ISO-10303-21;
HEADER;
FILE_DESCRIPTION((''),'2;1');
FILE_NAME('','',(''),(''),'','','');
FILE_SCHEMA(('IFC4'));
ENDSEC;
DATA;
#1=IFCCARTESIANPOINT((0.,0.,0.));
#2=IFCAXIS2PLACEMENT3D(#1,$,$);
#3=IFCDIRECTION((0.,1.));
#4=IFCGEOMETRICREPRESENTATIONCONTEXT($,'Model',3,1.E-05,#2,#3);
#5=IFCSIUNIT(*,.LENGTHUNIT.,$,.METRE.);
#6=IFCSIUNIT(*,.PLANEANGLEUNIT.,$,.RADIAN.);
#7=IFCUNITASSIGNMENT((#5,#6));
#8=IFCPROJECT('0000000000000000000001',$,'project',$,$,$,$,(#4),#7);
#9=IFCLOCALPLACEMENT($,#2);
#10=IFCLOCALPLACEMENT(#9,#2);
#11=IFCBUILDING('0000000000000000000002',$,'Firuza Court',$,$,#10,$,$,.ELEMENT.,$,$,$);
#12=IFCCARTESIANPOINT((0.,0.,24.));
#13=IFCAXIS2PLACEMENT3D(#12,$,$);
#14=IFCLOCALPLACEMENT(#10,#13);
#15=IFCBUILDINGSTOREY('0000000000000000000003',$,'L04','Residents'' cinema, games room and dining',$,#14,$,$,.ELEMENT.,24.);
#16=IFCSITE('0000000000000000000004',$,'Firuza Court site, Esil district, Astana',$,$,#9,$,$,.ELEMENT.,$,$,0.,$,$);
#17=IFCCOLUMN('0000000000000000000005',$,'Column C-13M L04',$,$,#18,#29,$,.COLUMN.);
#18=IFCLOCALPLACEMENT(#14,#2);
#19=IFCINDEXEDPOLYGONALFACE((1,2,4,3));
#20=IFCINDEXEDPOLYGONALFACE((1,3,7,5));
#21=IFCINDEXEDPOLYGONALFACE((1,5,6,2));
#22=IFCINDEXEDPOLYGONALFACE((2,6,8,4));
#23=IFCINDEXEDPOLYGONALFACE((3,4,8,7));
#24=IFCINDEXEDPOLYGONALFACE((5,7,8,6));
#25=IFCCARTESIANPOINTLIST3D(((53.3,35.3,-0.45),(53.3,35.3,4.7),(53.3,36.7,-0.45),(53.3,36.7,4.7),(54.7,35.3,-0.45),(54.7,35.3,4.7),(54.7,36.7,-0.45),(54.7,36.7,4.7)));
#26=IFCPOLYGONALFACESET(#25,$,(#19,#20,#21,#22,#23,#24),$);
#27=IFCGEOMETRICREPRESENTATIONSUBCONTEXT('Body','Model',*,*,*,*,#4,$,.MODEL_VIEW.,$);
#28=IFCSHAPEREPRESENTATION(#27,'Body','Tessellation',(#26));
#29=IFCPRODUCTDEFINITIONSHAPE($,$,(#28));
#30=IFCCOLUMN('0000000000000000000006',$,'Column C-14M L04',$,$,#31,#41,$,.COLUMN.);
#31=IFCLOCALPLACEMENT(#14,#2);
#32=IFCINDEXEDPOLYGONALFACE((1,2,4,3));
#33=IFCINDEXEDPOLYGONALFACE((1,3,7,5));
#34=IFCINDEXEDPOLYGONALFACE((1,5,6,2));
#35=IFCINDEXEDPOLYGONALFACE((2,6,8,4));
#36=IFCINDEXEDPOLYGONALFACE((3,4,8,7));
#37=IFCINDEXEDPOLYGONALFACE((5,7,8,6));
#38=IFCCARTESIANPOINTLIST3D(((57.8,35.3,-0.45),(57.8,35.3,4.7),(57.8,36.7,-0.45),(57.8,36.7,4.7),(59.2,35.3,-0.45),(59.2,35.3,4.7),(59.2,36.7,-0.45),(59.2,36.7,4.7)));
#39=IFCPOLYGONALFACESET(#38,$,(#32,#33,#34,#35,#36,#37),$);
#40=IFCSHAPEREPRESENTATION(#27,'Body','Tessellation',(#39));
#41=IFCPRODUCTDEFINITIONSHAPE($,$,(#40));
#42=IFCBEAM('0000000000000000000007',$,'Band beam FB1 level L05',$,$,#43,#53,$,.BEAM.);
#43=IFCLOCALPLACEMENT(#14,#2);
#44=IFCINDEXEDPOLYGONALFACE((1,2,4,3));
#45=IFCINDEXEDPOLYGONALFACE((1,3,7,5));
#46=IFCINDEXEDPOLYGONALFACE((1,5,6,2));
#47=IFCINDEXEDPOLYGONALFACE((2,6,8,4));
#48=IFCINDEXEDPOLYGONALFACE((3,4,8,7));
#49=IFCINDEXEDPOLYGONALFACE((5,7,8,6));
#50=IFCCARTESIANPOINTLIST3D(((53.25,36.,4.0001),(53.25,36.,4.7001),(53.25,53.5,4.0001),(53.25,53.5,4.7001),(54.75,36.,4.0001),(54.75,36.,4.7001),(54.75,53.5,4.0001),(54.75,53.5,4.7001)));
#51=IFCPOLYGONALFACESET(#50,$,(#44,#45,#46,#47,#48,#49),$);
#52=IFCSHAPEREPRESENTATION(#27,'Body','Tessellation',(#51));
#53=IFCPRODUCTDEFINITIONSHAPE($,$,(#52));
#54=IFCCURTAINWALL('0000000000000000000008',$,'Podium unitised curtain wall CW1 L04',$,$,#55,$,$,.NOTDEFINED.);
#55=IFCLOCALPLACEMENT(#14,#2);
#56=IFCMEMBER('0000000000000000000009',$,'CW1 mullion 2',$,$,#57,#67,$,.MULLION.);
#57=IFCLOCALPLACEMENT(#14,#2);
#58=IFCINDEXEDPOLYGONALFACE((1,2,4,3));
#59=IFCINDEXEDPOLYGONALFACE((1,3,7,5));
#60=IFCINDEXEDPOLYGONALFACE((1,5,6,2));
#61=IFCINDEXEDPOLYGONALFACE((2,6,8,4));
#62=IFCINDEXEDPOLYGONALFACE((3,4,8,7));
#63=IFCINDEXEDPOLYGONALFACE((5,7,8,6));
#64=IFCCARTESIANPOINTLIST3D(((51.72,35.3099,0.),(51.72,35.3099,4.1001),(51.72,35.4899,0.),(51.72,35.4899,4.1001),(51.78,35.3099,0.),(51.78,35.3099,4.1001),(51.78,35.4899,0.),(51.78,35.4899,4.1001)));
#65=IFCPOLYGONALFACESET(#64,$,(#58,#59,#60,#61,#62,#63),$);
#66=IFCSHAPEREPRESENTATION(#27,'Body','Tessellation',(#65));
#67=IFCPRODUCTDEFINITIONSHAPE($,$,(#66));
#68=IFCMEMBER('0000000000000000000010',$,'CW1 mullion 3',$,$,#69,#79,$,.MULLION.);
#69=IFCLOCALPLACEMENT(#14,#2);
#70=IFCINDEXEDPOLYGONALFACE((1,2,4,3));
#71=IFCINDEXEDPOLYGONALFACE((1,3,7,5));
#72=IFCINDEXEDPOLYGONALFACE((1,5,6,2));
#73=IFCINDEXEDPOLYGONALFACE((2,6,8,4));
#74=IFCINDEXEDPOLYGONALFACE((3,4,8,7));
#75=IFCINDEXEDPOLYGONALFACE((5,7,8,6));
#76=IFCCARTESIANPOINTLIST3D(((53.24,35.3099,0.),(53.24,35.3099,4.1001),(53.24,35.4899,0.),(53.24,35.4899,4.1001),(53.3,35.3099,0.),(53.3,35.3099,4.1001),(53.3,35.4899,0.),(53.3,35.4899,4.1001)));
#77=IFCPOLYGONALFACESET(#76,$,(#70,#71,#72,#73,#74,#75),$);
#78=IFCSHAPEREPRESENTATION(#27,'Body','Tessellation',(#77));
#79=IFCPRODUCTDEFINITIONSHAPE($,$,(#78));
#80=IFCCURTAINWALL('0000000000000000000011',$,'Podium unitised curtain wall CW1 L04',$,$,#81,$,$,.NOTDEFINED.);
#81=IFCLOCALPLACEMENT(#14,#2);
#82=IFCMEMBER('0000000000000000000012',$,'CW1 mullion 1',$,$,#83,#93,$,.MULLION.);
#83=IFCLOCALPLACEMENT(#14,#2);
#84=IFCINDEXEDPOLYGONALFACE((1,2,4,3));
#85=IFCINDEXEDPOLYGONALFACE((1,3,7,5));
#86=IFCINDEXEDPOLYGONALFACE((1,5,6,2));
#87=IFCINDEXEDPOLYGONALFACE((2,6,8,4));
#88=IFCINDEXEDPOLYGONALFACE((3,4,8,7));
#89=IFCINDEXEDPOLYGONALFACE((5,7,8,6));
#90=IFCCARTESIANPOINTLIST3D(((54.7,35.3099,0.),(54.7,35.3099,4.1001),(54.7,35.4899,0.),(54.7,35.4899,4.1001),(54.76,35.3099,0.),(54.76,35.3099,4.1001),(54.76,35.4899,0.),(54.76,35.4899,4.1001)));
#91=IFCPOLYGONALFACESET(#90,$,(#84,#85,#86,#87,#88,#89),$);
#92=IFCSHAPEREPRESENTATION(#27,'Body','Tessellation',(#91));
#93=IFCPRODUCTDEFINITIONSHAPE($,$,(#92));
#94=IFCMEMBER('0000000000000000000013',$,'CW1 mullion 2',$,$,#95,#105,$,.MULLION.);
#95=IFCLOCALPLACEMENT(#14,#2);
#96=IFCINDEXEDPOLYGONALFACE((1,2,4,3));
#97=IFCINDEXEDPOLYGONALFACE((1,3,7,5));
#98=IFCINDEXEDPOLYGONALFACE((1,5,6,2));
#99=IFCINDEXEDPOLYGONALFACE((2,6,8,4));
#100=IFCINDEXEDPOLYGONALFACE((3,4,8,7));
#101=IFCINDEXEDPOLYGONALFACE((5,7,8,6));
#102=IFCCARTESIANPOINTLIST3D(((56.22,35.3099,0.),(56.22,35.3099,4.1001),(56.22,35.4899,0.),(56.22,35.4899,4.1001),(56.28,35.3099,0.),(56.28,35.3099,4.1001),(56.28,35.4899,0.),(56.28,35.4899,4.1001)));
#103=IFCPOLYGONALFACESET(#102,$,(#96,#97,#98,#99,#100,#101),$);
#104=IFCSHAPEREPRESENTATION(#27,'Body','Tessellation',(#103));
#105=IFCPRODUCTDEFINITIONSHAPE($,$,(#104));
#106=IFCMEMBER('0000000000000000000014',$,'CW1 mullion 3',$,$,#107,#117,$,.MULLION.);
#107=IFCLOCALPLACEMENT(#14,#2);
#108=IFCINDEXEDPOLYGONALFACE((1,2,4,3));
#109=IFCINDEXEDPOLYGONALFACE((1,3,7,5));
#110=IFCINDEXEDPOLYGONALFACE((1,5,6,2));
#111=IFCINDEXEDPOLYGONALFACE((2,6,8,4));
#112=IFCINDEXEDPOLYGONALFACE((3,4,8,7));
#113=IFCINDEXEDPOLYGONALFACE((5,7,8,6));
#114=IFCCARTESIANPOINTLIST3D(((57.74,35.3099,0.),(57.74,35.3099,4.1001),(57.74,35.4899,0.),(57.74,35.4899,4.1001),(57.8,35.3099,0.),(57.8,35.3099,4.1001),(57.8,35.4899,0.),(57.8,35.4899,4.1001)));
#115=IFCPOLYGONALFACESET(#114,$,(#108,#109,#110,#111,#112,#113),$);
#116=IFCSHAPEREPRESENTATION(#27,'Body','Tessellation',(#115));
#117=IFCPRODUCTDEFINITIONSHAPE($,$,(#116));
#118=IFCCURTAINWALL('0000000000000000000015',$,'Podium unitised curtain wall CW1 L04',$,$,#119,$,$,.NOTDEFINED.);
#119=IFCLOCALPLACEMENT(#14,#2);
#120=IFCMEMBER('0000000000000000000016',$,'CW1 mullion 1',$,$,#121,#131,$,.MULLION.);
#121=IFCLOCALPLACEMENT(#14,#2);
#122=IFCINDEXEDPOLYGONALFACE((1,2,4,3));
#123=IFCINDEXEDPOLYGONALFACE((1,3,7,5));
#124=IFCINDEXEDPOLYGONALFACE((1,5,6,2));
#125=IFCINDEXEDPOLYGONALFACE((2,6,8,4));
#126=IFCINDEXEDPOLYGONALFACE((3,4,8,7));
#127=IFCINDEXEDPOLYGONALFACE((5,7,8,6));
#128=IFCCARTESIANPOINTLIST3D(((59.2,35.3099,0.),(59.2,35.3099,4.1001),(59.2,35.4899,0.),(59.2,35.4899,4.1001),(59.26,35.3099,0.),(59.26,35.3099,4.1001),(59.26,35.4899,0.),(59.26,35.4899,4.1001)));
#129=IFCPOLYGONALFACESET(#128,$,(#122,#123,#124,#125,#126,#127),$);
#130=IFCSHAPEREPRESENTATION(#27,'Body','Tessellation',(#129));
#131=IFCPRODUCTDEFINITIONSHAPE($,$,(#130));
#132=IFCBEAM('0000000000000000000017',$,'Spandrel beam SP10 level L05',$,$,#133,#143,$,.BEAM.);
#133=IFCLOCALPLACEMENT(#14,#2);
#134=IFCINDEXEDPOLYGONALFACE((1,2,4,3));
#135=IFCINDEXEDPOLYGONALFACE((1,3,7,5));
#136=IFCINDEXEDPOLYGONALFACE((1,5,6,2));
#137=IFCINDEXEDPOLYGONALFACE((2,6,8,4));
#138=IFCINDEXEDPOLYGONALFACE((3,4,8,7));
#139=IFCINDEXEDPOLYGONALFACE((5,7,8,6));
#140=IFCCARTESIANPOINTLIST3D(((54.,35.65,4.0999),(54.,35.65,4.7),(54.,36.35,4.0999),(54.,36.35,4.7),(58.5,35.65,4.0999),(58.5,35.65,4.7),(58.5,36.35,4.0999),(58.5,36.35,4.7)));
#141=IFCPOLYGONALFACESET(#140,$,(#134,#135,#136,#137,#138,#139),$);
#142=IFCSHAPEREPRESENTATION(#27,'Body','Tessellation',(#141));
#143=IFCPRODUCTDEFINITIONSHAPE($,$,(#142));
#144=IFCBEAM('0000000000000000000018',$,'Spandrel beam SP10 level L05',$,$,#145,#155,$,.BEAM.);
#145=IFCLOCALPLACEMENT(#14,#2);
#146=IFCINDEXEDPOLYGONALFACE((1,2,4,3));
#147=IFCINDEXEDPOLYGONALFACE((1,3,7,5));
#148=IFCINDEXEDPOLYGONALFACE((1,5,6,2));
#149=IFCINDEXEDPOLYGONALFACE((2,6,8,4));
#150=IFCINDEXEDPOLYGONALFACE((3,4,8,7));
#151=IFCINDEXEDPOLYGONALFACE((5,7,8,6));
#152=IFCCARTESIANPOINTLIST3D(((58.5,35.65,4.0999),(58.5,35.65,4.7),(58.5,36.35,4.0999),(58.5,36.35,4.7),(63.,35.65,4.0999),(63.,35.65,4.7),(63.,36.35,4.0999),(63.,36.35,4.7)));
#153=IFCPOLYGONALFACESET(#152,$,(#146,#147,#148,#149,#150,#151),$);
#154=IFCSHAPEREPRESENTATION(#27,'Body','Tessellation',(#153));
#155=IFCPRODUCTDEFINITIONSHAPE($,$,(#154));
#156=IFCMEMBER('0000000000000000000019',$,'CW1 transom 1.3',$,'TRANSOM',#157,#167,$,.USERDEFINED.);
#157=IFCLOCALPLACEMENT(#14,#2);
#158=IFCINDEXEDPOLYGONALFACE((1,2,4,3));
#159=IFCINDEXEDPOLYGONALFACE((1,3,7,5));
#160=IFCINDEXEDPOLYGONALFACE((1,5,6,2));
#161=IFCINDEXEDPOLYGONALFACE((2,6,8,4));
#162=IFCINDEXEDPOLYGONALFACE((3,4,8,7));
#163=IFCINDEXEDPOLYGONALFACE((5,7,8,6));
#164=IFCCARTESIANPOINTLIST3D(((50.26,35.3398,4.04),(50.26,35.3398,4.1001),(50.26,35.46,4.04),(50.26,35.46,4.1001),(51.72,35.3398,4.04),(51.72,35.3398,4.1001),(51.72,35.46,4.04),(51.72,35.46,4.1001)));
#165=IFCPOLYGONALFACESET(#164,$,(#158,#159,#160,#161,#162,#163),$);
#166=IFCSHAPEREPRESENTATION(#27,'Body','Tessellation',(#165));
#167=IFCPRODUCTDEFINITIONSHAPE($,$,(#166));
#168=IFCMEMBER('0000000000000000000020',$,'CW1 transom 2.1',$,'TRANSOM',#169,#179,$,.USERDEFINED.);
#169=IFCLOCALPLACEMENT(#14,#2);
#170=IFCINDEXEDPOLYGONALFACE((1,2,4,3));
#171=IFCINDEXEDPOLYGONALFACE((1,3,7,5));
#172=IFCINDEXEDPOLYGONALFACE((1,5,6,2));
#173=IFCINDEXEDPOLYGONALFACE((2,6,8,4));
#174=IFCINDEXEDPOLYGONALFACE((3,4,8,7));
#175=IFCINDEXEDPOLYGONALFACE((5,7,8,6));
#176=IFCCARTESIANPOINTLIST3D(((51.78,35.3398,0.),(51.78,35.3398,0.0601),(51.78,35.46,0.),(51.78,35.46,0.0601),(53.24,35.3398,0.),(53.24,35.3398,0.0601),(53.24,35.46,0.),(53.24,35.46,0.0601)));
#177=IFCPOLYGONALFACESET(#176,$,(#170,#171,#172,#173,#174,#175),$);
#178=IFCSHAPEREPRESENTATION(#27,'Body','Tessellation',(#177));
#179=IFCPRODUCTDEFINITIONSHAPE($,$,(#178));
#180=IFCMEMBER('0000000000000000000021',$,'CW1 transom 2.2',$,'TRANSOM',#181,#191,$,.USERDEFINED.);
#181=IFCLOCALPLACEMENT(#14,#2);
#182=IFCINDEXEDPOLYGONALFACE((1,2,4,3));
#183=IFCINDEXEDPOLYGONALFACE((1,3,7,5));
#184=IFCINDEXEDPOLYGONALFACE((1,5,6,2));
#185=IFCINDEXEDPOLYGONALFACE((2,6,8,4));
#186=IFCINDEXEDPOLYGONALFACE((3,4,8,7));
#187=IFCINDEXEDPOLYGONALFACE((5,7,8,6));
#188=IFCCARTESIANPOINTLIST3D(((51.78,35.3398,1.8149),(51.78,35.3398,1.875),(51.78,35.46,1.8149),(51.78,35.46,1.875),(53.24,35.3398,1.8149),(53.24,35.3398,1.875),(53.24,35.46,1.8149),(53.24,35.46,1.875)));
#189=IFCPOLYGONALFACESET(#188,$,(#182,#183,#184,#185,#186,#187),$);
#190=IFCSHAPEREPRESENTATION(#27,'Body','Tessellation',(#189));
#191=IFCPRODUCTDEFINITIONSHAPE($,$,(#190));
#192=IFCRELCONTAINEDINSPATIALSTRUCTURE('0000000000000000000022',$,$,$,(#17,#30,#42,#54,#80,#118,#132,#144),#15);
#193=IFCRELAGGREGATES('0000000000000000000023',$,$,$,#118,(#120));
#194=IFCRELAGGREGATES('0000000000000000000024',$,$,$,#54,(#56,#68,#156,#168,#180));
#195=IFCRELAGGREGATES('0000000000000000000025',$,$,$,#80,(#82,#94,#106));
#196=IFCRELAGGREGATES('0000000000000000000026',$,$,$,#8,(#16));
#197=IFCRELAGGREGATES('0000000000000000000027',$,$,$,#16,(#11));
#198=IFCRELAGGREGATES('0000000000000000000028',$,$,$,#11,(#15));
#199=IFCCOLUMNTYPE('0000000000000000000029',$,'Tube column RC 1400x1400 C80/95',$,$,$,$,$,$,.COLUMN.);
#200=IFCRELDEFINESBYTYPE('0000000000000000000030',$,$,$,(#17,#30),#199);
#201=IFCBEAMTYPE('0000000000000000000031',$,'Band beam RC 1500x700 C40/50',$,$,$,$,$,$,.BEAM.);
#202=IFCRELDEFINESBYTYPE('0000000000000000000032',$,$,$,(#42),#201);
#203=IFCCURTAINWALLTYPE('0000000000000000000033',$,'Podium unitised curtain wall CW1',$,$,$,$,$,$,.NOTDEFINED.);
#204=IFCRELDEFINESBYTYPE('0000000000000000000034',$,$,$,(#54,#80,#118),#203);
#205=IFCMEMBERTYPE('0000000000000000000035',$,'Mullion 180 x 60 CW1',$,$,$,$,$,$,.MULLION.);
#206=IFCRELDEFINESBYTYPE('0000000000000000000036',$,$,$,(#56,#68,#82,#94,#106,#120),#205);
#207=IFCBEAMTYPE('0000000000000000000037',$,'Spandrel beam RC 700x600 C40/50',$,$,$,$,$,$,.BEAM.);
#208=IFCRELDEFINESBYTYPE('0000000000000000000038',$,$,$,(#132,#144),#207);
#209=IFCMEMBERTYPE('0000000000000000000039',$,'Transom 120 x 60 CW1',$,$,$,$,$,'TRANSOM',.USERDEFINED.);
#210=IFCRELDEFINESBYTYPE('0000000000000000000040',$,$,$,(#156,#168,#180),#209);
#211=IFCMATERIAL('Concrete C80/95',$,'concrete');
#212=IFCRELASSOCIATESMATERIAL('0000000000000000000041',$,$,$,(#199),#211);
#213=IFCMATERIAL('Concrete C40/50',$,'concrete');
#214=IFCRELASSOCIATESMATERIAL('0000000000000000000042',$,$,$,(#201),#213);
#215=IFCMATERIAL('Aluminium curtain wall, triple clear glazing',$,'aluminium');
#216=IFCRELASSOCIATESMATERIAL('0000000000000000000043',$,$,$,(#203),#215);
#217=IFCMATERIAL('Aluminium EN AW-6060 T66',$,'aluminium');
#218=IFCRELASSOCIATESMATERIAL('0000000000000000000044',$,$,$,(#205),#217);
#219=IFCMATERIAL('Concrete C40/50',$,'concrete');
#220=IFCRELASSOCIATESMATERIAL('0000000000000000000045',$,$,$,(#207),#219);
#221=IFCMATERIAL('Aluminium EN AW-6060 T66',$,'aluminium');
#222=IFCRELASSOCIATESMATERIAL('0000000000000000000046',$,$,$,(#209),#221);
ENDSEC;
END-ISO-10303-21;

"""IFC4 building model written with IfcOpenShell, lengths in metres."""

from ifc_helpers import new_model, si_unit, direction, frame, origin, origin_2d, place, context, subcontext, project, spatial, rectangle, extrude, material, material_profile, profile_set, type_object, element, aggregate, save


model = new_model("IFC4")

# Units and contexts
model_context = context("Model", 3, precision=1e-05, world=origin(), true_north=direction((0.0, 1.0)))
body_context = subcontext(model_context, "Body", "Model", "MODEL_VIEW")
ifc_project = project(units=[si_unit("LENGTHUNIT", "METRE"), si_unit("PLANEANGLEUNIT", "RADIAN")], contexts=[model_context])

# Site, building, storey
site_placement = place(None, origin())
site = spatial("IfcSite", under=ifc_project, at=site_placement, Name="Firuza Court site, Esil district, Astana", CompositionType="ELEMENT", RefElevation=0.0)
building_placement = place(site_placement, origin())
building = spatial("IfcBuilding", under=site, at=building_placement, Name="Firuza Court", CompositionType="ELEMENT")
storey_placement = place(building_placement, frame((0.0, 0.0, 24.0)))
storey = spatial("IfcBuildingStorey", under=building, at=storey_placement, Name="L04", Description="Residents' cinema, games room and dining", CompositionType="ELEMENT", Elevation=24.0)

# Columns
ifc_material_1 = material(Name="Concrete C80/95", Category="concrete")
ifc_material_profile_1 = material_profile(ifc_material_1, rectangle(XDim=1.3999, YDim=1.3999, at=origin_2d()), Name="RC 1400x1400")
ifc_profile_set_1 = profile_set([ifc_material_profile_1], Name="Concrete C80/95")
column_type = type_object("IfcColumnType", Name="Tube column RC 1400x1400 C80/95", PredefinedType="COLUMN", material=ifc_profile_set_1)
for number, where, z_axis, x_axis, name in (
    (1, (54.0, 36.0, -0.45), (0.0, 0.0, 1.0), (1.0, 0.0, 0.0), "Column C-13M L04"),
    (2, (58.5, 36.0, -0.45), (0.0, 0.0, 1.0), (1.0, 0.0, 0.0), "Column C-14M L04"),
):
    element("IfcColumn", number, at=place(storey_placement, frame(where, z_axis=z_axis, x_axis=x_axis)), inside=storey, type_object=column_type, Name=name, PredefinedType="COLUMN", context=body_context, shape_type="SweptSolid", body=[
        extrude(rectangle(XDim=1.3999, YDim=1.3999, at=origin_2d()), origin(), (0.0, 0.0, 1.0), 5.1499),
    ])

# Beam
ifc_material_2 = material(Name="Concrete C40/50", Category="concrete")
ifc_material_profile_2 = material_profile(ifc_material_2, rectangle(XDim=1.5, YDim=0.7, at=origin_2d()), Name="RC 1500x700")
ifc_profile_set_2 = profile_set([ifc_material_profile_2], Name="Concrete C40/50")
beam_type_1 = type_object("IfcBeamType", Name="Band beam RC 1500x700 C40/50", PredefinedType="BEAM", material=ifc_profile_set_2)
beam_placement = place(storey_placement, frame((54.0, 36.0, 4.3501), z_axis=(0.0, 1.0, 0.0), x_axis=(-1.0, 0.0, 0.0)))
element("IfcBeam", 3, at=beam_placement, inside=storey, type_object=beam_type_1, Name="Band beam FB1 level L05", PredefinedType="BEAM", context=body_context, shape_type="SweptSolid", body=[
    extrude(rectangle(XDim=1.5, YDim=0.7, at=origin_2d()), origin(), (0.0, 0.0, 1.0), 17.5),
])

# Curtain walls, members
ifc_material_3 = material(Name="Aluminium curtain wall, triple clear glazing", Category="aluminium")
curtain_wall_type = type_object("IfcCurtainWallType", Name="Podium unitised curtain wall CW1", PredefinedType="NOTDEFINED", material=ifc_material_3)
curtain_wall_1_placement = place(storey_placement, origin())
curtain_wall_1 = element("IfcCurtainWall", 4, at=curtain_wall_1_placement, inside=storey, type_object=curtain_wall_type, Name="Podium unitised curtain wall CW1 L04", PredefinedType="NOTDEFINED")
ifc_material_4 = material(Name="Aluminium EN AW-6060 T66", Category="aluminium")
ifc_material_profile_3 = material_profile(ifc_material_4, rectangle(XDim=0.1799, YDim=0.0601, at=origin_2d()), Name="Mullion 180 x 60 CW1")
ifc_profile_set_3 = profile_set([ifc_material_profile_3], Name="Aluminium EN AW-6060 T66")
member_type_1 = type_object("IfcMemberType", Name="Mullion 180 x 60 CW1", PredefinedType="MULLION", material=ifc_profile_set_3)
member_1_placement = place(storey_placement, frame((51.75, 35.3999, 0.0), z_axis=(0.0, 0.0, 1.0), x_axis=(0.0, 1.0, 0.0)))
member_1 = element("IfcMember", 5, at=member_1_placement, type_object=member_type_1, Name="CW1 mullion 2", PredefinedType="MULLION", context=body_context, shape_type="SweptSolid", body=[
    extrude(rectangle(XDim=0.1799, YDim=0.0601, at=origin_2d()), origin(), (0.0, 0.0, 1.0), 4.1001),
])
member_2_placement = place(storey_placement, frame((53.27, 35.3999, 0.0), z_axis=(0.0, 0.0, 1.0), x_axis=(0.0, 1.0, 0.0)))
member_2 = element("IfcMember", 6, at=member_2_placement, type_object=member_type_1, Name="CW1 mullion 3", PredefinedType="MULLION", context=body_context, shape_type="SweptSolid", body=[
    extrude(rectangle(XDim=0.1799, YDim=0.0601, at=origin_2d()), origin(), (0.0, 0.0, 1.0), 4.1001),
])
curtain_wall_2_placement = place(storey_placement, origin())
curtain_wall_2 = element("IfcCurtainWall", 7, at=curtain_wall_2_placement, inside=storey, type_object=curtain_wall_type, Name="Podium unitised curtain wall CW1 L04", PredefinedType="NOTDEFINED")
member_3_placement = place(storey_placement, frame((54.73, 35.3999, 0.0), z_axis=(0.0, 0.0, 1.0), x_axis=(0.0, 1.0, 0.0)))
member_3 = element("IfcMember", 8, at=member_3_placement, type_object=member_type_1, Name="CW1 mullion 1", PredefinedType="MULLION", context=body_context, shape_type="SweptSolid", body=[
    extrude(rectangle(XDim=0.1799, YDim=0.0601, at=origin_2d()), origin(), (0.0, 0.0, 1.0), 4.1001),
])
member_4_placement = place(storey_placement, frame((56.25, 35.3999, 0.0), z_axis=(0.0, 0.0, 1.0), x_axis=(0.0, 1.0, 0.0)))
member_4 = element("IfcMember", 9, at=member_4_placement, type_object=member_type_1, Name="CW1 mullion 2", PredefinedType="MULLION", context=body_context, shape_type="SweptSolid", body=[
    extrude(rectangle(XDim=0.1799, YDim=0.0601, at=origin_2d()), origin(), (0.0, 0.0, 1.0), 4.1001),
])
member_5_placement = place(storey_placement, frame((57.77, 35.3999, 0.0), z_axis=(0.0, 0.0, 1.0), x_axis=(0.0, 1.0, 0.0)))
member_5 = element("IfcMember", 10, at=member_5_placement, type_object=member_type_1, Name="CW1 mullion 3", PredefinedType="MULLION", context=body_context, shape_type="SweptSolid", body=[
    extrude(rectangle(XDim=0.1799, YDim=0.0601, at=origin_2d()), origin(), (0.0, 0.0, 1.0), 4.1001),
])

# Curtain wall, member
curtain_wall_3_placement = place(storey_placement, origin())
curtain_wall_3 = element("IfcCurtainWall", 11, at=curtain_wall_3_placement, inside=storey, type_object=curtain_wall_type, Name="Podium unitised curtain wall CW1 L04", PredefinedType="NOTDEFINED")
member_6_placement = place(storey_placement, frame((59.23, 35.3999, 0.0), z_axis=(0.0, 0.0, 1.0), x_axis=(0.0, 1.0, 0.0)))
member_6 = element("IfcMember", 12, at=member_6_placement, type_object=member_type_1, Name="CW1 mullion 1", PredefinedType="MULLION", context=body_context, shape_type="SweptSolid", body=[
    extrude(rectangle(XDim=0.1799, YDim=0.0601, at=origin_2d()), origin(), (0.0, 0.0, 1.0), 4.1001),
])
aggregate(curtain_wall_3, [member_6])

# Beams
ifc_material_5 = material(Name="Concrete C40/50", Category="concrete")
ifc_material_profile_4 = material_profile(ifc_material_5, rectangle(XDim=0.7, YDim=0.6001, at=origin_2d()), Name="RC 700x600")
ifc_profile_set_4 = profile_set([ifc_material_profile_4], Name="Concrete C40/50")
beam_type_2 = type_object("IfcBeamType", Name="Spandrel beam RC 700x600 C40/50", PredefinedType="BEAM", material=ifc_profile_set_4)
for number, where, z_axis, x_axis, name in (
    (13, (54.0, 36.0, 4.3999), (1.0, 0.0, 0.0), (0.0, 1.0, 0.0), "Spandrel beam SP10 level L05"),
    (14, (58.5, 36.0, 4.3999), (1.0, 0.0, 0.0), (0.0, 1.0, 0.0), "Spandrel beam SP10 level L05"),
):
    element("IfcBeam", number, at=place(storey_placement, frame(where, z_axis=z_axis, x_axis=x_axis)), inside=storey, type_object=beam_type_2, Name=name, PredefinedType="BEAM", context=body_context, shape_type="SweptSolid", body=[
        extrude(rectangle(XDim=0.7, YDim=0.6001, at=origin_2d()), origin(), (0.0, 0.0, 1.0), 4.5),
    ])

# Members
ifc_material_6 = material(Name="Aluminium EN AW-6060 T66", Category="aluminium")
ifc_material_profile_5 = material_profile(ifc_material_6, rectangle(XDim=0.1201, YDim=0.0601, at=origin_2d()), Name="Transom 120 x 60 CW1")
ifc_profile_set_5 = profile_set([ifc_material_profile_5], Name="Aluminium EN AW-6060 T66")
member_type_2 = type_object("IfcMemberType", Name="Transom 120 x 60 CW1", ElementType="TRANSOM", PredefinedType="USERDEFINED", material=ifc_profile_set_5)
member_7_placement = place(storey_placement, frame((50.26, 35.3999, 4.0701), z_axis=(1.0, 0.0, 0.0), x_axis=(0.0, 1.0, 0.0)))
member_7 = element("IfcMember", 15, at=member_7_placement, type_object=member_type_2, Name="CW1 transom 1.3", ObjectType="TRANSOM", PredefinedType="USERDEFINED", context=body_context, shape_type="SweptSolid", body=[
    extrude(rectangle(XDim=0.1201, YDim=0.0601, at=origin_2d()), origin(), (0.0, 0.0, 1.0), 1.46),
])
member_8_placement = place(storey_placement, frame((51.78, 35.3999, 0.03), z_axis=(1.0, 0.0, 0.0), x_axis=(0.0, 1.0, 0.0)))
member_8 = element("IfcMember", 16, at=member_8_placement, type_object=member_type_2, Name="CW1 transom 2.1", ObjectType="TRANSOM", PredefinedType="USERDEFINED", context=body_context, shape_type="SweptSolid", body=[
    extrude(rectangle(XDim=0.1201, YDim=0.0601, at=origin_2d()), origin(), (0.0, 0.0, 1.0), 1.46),
])
member_9_placement = place(storey_placement, frame((51.78, 35.3999, 1.845), z_axis=(1.0, 0.0, 0.0), x_axis=(0.0, 1.0, 0.0)))
member_9 = element("IfcMember", 17, at=member_9_placement, type_object=member_type_2, Name="CW1 transom 2.2", ObjectType="TRANSOM", PredefinedType="USERDEFINED", context=body_context, shape_type="SweptSolid", body=[
    extrude(rectangle(XDim=0.1201, YDim=0.0601, at=origin_2d()), origin(), (0.0, 0.0, 1.0), 1.46),
])

aggregate(curtain_wall_1, [member_1, member_2, member_7, member_8, member_9])
aggregate(curtain_wall_2, [member_3, member_4, member_5])

save(model, "model.ifc")
